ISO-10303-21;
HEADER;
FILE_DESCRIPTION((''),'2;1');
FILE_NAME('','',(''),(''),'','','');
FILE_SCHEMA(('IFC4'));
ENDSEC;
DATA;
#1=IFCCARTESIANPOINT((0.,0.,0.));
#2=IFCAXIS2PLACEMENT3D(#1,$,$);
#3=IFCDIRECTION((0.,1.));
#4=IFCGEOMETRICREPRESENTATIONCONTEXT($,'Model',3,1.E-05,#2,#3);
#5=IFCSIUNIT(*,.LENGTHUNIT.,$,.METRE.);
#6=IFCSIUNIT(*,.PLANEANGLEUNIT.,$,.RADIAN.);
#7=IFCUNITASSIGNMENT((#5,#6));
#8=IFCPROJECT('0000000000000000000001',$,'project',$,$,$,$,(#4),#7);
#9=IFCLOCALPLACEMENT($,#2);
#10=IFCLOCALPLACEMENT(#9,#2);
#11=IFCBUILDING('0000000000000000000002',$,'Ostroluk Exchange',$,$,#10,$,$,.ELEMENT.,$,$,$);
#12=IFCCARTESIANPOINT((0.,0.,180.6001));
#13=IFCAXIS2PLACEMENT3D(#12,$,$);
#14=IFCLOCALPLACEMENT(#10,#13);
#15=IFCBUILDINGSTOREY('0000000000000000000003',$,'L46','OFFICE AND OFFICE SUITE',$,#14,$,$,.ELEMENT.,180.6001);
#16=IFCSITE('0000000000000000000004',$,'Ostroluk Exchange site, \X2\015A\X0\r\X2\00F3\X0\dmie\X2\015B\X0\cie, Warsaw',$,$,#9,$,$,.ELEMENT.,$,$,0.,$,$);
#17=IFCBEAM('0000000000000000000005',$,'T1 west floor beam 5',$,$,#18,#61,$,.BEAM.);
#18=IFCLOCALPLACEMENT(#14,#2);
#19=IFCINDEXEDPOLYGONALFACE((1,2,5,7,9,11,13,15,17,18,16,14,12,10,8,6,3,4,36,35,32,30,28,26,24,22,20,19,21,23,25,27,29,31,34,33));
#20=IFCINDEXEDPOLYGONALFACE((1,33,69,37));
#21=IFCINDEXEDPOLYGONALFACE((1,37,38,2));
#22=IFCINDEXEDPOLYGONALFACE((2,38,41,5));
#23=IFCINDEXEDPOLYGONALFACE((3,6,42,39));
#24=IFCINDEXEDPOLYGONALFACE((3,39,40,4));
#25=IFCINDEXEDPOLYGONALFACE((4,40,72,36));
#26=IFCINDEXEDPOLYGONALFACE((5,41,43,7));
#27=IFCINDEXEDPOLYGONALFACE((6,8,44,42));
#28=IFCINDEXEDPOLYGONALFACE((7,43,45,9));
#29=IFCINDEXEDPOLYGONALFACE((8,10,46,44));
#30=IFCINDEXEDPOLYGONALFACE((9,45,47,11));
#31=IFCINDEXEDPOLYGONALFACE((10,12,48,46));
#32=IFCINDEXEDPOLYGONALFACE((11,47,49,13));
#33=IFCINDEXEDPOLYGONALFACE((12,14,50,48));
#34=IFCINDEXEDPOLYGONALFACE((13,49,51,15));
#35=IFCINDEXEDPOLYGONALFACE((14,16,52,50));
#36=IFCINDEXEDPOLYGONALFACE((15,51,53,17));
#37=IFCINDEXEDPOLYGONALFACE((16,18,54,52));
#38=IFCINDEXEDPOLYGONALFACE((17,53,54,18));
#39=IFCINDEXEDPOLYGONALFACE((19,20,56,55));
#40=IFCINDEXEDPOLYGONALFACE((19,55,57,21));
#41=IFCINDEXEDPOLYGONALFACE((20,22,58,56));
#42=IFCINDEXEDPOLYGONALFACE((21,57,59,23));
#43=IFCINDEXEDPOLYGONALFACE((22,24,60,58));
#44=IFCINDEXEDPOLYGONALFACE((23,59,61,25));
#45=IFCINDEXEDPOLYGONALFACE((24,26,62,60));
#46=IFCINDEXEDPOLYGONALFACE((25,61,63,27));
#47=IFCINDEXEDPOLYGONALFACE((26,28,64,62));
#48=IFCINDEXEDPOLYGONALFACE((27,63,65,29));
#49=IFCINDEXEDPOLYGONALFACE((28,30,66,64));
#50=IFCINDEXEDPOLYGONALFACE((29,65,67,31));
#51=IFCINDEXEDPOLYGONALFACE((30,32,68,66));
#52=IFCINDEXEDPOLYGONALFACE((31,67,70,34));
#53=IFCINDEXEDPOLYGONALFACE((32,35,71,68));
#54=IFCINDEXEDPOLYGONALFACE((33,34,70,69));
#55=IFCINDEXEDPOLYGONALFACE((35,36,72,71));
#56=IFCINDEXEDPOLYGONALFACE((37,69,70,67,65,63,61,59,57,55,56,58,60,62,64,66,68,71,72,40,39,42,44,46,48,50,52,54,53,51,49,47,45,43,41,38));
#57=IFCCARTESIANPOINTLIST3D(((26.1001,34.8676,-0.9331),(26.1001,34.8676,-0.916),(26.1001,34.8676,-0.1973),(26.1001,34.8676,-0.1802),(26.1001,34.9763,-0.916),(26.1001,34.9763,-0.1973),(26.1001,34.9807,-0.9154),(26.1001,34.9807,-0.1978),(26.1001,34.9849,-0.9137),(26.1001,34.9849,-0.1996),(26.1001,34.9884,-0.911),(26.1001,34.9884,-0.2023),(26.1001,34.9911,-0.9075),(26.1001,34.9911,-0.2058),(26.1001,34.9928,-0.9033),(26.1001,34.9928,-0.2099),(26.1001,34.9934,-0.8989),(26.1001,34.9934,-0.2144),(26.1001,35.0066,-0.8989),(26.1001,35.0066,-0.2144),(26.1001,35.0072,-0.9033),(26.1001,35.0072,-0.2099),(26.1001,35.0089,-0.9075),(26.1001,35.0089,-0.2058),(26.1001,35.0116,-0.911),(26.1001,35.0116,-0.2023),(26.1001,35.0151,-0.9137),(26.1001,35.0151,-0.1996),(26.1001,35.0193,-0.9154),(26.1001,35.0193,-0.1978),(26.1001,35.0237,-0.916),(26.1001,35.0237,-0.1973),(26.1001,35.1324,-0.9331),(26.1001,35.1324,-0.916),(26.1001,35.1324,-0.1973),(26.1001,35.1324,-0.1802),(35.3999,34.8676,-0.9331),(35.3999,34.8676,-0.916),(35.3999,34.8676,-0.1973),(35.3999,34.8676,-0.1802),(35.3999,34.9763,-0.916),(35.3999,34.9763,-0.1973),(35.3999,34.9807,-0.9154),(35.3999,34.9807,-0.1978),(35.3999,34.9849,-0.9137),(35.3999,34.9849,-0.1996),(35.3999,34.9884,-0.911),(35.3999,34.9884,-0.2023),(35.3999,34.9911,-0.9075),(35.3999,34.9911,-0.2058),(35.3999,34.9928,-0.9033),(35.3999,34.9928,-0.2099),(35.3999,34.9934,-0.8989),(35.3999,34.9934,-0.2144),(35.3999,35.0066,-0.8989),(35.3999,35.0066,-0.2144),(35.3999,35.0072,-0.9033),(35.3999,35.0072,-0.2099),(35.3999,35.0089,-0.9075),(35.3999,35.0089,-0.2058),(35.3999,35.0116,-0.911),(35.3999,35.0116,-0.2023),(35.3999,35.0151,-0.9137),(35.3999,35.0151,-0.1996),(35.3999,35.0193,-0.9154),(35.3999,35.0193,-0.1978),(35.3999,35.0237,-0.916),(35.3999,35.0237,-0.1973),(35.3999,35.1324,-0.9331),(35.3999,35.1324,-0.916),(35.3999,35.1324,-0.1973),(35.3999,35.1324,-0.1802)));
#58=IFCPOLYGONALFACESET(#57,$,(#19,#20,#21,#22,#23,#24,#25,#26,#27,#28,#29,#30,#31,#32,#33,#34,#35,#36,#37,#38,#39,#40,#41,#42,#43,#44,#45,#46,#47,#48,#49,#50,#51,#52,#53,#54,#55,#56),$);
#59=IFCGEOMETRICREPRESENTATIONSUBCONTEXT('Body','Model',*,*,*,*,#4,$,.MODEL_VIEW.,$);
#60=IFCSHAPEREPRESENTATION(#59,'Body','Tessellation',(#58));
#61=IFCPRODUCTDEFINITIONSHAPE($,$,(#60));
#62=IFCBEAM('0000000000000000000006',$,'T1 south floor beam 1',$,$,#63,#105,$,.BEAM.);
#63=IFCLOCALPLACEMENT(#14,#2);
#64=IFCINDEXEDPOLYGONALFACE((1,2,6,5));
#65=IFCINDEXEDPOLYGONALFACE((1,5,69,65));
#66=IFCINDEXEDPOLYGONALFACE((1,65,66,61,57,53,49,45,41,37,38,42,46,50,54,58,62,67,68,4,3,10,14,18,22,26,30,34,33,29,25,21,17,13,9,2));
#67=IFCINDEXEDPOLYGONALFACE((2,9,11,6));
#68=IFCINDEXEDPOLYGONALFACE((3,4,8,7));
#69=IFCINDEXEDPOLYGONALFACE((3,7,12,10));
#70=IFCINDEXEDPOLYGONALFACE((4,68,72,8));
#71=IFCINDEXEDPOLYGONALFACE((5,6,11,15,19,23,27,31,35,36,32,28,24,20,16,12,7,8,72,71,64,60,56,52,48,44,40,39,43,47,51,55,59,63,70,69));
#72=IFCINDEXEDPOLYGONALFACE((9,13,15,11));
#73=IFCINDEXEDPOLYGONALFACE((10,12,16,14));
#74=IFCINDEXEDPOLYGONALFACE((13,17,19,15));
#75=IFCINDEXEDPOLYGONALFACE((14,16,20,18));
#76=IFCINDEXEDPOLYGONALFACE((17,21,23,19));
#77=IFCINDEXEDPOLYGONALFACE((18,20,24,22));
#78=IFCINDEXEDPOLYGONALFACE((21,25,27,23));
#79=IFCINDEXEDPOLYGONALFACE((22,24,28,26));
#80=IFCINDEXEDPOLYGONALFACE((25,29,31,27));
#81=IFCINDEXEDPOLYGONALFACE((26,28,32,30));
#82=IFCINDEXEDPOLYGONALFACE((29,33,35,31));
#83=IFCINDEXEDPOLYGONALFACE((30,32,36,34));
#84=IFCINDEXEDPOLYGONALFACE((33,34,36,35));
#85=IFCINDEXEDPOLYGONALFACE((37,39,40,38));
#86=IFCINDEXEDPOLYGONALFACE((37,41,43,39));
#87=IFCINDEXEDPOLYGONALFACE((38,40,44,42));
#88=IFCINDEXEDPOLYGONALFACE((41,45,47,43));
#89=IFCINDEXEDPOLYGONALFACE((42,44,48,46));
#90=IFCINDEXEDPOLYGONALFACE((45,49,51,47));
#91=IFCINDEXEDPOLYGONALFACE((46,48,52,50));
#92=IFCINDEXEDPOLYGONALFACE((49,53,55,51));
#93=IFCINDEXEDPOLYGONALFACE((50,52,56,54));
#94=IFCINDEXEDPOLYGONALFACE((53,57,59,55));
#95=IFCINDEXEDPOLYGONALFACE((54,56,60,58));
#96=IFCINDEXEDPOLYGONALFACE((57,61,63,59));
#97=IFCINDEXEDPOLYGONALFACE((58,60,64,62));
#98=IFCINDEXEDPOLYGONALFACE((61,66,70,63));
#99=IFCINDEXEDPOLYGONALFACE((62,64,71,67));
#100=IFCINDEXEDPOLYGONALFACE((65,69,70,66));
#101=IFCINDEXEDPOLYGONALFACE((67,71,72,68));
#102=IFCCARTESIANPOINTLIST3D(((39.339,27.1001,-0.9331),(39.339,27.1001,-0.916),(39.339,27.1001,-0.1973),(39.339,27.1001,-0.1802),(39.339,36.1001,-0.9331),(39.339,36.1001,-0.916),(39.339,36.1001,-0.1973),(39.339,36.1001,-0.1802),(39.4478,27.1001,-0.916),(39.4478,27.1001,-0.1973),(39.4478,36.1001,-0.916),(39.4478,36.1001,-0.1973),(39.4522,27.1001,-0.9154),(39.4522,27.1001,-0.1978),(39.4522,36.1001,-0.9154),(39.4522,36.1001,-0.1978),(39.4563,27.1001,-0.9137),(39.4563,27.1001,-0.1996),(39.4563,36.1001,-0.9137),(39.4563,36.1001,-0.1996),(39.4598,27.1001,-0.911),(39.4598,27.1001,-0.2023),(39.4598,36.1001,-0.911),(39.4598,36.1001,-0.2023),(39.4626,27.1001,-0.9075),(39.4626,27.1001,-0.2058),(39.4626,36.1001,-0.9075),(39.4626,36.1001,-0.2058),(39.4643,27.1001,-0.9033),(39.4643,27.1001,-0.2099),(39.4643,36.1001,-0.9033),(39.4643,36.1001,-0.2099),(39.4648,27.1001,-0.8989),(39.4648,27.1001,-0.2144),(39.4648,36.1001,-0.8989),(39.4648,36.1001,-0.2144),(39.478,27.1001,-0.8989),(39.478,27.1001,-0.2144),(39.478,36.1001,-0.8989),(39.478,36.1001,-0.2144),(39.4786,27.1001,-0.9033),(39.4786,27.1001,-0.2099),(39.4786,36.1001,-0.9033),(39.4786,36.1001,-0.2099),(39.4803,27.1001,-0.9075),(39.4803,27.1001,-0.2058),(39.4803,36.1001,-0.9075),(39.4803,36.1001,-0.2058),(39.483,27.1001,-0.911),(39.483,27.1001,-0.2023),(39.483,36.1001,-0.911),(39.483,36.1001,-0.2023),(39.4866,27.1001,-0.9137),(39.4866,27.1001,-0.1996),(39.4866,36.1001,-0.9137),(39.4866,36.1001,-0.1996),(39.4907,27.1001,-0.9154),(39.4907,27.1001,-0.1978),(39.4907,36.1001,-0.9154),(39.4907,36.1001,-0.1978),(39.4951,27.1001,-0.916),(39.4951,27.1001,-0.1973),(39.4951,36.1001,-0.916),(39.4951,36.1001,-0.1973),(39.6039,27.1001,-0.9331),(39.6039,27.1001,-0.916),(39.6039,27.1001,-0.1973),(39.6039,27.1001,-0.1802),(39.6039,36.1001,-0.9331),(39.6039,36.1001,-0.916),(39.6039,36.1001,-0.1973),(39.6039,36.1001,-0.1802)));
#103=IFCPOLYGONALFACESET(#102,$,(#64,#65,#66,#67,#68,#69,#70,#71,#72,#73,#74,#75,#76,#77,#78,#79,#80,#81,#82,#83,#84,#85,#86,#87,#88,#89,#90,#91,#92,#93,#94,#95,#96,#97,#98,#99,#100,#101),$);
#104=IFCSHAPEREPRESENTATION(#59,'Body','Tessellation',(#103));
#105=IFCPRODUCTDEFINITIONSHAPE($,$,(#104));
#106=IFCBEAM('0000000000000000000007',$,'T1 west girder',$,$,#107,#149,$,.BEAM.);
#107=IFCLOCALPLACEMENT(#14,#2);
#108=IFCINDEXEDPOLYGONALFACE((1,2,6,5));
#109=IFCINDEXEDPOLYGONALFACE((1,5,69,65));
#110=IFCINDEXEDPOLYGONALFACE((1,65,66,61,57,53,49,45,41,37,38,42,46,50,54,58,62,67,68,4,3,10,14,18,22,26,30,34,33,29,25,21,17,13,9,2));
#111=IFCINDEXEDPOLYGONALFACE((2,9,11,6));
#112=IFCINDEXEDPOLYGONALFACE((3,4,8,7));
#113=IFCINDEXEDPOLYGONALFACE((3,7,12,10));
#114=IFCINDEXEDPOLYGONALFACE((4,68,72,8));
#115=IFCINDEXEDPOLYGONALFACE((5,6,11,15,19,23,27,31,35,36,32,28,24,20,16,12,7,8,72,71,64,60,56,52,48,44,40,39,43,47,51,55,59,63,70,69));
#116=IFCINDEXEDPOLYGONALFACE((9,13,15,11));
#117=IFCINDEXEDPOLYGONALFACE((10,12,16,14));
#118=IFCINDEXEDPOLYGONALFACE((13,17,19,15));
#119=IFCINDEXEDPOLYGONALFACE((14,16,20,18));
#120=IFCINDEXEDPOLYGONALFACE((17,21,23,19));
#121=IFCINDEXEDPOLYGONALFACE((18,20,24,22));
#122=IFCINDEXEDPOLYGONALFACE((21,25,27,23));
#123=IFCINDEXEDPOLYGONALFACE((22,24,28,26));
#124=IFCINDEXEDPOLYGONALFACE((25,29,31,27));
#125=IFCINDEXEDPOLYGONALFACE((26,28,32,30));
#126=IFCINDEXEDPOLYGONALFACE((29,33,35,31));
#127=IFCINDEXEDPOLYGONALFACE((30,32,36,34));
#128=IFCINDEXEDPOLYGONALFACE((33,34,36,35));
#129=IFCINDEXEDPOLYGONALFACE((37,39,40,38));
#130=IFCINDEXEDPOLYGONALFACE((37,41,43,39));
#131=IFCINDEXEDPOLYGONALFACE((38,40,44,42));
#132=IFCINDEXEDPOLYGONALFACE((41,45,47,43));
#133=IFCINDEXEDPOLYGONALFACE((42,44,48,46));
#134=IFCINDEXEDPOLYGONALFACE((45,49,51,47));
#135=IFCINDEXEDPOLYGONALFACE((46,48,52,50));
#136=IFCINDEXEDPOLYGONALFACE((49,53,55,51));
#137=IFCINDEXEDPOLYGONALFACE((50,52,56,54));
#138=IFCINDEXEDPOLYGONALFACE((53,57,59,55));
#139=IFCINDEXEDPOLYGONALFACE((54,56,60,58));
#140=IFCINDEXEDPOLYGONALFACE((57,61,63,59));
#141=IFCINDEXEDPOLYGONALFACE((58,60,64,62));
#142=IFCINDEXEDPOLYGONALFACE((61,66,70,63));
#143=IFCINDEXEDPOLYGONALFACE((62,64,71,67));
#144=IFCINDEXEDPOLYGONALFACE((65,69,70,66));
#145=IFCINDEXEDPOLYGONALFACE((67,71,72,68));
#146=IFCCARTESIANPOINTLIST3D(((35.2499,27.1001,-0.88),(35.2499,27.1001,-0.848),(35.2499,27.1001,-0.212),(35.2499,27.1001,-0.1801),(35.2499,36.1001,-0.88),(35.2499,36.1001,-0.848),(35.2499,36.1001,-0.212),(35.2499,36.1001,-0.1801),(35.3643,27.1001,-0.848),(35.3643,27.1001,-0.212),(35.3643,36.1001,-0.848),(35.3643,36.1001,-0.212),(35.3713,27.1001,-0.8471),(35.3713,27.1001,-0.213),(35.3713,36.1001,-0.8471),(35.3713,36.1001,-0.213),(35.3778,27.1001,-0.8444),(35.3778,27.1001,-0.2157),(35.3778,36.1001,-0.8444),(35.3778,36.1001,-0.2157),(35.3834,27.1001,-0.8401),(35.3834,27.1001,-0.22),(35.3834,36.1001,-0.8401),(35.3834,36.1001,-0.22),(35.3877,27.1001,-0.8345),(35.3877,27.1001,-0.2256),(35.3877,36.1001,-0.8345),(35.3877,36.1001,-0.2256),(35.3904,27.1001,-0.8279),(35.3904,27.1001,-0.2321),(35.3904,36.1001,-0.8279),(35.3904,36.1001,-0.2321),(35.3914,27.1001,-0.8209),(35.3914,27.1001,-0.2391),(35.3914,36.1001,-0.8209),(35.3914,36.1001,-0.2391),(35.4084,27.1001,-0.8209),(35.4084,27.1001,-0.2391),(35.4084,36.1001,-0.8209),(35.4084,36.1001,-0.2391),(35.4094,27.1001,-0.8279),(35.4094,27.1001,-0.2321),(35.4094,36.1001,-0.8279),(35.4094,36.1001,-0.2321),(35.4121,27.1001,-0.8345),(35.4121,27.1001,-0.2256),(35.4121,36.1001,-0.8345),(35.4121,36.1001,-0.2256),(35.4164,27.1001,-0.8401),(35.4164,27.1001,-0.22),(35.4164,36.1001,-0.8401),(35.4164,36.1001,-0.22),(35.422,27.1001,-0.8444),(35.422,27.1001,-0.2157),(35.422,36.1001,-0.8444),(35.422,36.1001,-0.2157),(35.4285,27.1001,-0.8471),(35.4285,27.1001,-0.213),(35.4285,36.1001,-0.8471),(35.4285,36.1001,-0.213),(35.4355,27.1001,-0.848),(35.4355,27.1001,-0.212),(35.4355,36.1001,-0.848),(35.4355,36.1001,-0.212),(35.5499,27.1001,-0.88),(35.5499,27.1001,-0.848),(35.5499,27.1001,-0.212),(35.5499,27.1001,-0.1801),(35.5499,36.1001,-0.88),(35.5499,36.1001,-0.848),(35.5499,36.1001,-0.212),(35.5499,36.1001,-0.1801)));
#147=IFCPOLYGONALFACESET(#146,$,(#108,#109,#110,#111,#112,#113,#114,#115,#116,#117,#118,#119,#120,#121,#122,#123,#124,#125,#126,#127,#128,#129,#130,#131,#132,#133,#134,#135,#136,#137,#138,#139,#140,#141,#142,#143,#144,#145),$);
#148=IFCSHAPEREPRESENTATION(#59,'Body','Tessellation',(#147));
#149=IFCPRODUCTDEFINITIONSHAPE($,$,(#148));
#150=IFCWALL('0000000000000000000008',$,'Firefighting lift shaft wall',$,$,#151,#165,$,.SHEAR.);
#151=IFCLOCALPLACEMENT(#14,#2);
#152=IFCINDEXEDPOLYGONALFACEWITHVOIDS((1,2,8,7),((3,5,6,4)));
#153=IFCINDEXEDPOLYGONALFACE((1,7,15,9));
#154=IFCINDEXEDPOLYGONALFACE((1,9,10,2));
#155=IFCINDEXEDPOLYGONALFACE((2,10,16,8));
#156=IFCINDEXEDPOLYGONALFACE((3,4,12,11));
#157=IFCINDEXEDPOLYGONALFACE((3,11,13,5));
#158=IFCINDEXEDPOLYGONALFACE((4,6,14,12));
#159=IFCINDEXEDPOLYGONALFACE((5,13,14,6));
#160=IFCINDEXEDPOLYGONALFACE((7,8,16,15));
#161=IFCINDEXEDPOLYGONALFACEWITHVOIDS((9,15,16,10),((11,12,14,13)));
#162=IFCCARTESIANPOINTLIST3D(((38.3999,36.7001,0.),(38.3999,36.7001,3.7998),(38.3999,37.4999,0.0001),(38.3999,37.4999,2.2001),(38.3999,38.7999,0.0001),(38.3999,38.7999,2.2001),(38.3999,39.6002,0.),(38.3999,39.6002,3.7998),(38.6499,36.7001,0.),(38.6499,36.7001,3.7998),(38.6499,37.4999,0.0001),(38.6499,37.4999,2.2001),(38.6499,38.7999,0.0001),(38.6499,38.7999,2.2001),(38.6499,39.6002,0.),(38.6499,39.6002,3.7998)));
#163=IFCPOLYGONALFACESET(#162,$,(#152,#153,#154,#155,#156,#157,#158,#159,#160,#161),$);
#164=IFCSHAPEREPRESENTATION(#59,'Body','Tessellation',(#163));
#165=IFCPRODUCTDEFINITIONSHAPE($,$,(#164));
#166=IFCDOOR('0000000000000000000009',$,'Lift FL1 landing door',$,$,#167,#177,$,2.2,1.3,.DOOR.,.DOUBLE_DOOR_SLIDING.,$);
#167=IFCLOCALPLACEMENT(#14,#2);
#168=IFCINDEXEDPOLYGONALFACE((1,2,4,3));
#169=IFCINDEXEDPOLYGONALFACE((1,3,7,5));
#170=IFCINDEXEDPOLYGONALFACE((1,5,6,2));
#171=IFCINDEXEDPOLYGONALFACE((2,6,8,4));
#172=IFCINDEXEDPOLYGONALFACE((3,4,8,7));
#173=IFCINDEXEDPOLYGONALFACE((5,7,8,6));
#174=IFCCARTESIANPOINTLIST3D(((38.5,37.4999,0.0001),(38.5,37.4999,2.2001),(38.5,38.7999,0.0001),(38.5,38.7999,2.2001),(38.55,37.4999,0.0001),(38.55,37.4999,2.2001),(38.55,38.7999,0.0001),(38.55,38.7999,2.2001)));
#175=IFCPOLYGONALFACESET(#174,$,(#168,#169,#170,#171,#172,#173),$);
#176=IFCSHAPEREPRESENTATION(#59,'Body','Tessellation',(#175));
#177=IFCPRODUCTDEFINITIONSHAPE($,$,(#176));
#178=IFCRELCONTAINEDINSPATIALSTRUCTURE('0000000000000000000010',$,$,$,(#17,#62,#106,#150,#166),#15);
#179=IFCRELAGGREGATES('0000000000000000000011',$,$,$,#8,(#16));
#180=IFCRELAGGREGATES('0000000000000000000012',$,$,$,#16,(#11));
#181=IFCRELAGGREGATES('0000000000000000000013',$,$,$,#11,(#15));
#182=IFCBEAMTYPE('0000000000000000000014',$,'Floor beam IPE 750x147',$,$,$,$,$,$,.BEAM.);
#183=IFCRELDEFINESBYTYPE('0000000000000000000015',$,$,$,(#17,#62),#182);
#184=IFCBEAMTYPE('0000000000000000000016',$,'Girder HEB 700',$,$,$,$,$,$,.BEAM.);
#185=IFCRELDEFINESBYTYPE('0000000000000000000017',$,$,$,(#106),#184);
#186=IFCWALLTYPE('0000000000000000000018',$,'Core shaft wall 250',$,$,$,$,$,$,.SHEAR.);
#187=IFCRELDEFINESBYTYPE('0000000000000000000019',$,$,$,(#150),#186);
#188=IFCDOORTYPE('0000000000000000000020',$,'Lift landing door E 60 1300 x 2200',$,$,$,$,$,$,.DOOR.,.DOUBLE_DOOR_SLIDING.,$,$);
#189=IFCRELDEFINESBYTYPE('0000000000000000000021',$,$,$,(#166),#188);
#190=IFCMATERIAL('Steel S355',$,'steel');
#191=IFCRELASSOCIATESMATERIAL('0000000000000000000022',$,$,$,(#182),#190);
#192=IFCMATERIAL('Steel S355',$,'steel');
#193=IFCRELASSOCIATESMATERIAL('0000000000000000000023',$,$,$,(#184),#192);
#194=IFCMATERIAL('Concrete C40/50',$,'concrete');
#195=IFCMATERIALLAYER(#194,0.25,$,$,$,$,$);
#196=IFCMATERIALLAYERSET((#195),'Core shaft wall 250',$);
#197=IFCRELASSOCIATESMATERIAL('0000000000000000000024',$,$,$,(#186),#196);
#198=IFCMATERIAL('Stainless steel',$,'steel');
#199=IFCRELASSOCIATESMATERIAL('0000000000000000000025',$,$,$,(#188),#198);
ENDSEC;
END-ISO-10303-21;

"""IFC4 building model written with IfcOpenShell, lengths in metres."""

from ifc_helpers import new_model, si_unit, direction, frame, frame_2d, origin, origin_2d, place, context, subcontext, project, spatial, rectangle, i_section, extrude, material, layer, layer_set, material_profile, profile_set, type_object, element, fill, save


model = new_model("IFC4")

# Units and contexts
model_context = context("Model", 3, precision=1e-05, world=origin(), true_north=direction((0.0, 1.0)))
body_context = subcontext(model_context, "Body", "Model", "MODEL_VIEW")
ifc_project = project(units=[si_unit("LENGTHUNIT", "METRE"), si_unit("PLANEANGLEUNIT", "RADIAN")], contexts=[model_context])

# Site, building, storey
site_placement = place(None, origin())
site = spatial("IfcSite", under=ifc_project, at=site_placement, Name="Ostroluk Exchange site, Śródmieście, Warsaw", CompositionType="ELEMENT", RefElevation=0.0)
building_placement = place(site_placement, origin())
building = spatial("IfcBuilding", under=site, at=building_placement, Name="Ostroluk Exchange", CompositionType="ELEMENT")
storey_placement = place(building_placement, frame((0.0, 0.0, 180.6001)))
storey = spatial("IfcBuildingStorey", under=building, at=storey_placement, Name="L46", Description="OFFICE AND OFFICE SUITE", CompositionType="ELEMENT", Elevation=180.6001)

# Beams
ifc_material_1 = material(Name="Steel S355", Category="steel")
ifc_material_profile_1 = material_profile(ifc_material_1, i_section(OverallWidth=0.2649, OverallDepth=0.7529, WebThickness=0.0132, FlangeThickness=0.0171, FilletRadius=0.0171, at=origin_2d()), Name="IPE 750x147")
ifc_profile_set_1 = profile_set([ifc_material_profile_1], Name="Steel S355")
beam_type_1 = type_object("IfcBeamType", Name="Floor beam IPE 750x147", PredefinedType="BEAM", material=ifc_profile_set_1)
beam_1_placement = place(storey_placement, frame((35.3999, 35.0, -0.5566), z_axis=(-1.0, 0.0, 0.0), x_axis=(0.0, -1.0, 0.0)))
element("IfcBeam", 1, at=beam_1_placement, inside=storey, type_object=beam_type_1, Name="T1 west floor beam 5", PredefinedType="BEAM", context=body_context, shape_type="SweptSolid", body=[
    extrude(i_section(OverallWidth=0.2649, OverallDepth=0.7529, WebThickness=0.0132, FlangeThickness=0.0171, FilletRadius=0.0171, at=origin_2d()), origin(), (0.0, 0.0, 1.0), 9.2998),
])
beam_2_placement = place(storey_placement, frame((39.4714, 36.1001, -0.5566), z_axis=(0.0, -1.0, 0.0), x_axis=(1.0, 0.0, 0.0)))
element("IfcBeam", 2, at=beam_2_placement, inside=storey, type_object=beam_type_1, Name="T1 south floor beam 1", PredefinedType="BEAM", context=body_context, shape_type="SweptSolid", body=[
    extrude(i_section(OverallWidth=0.2649, OverallDepth=0.7529, WebThickness=0.0132, FlangeThickness=0.0171, FilletRadius=0.0171, at=origin_2d()), origin(), (0.0, 0.0, 1.0), 9.0),
])
ifc_material_2 = material(Name="Steel S355", Category="steel")
ifc_material_profile_2 = material_profile(ifc_material_2, i_section(OverallWidth=0.3, OverallDepth=0.7, WebThickness=0.0171, FlangeThickness=0.032, FilletRadius=0.0271, at=origin_2d()), Name="HEB 700")
ifc_profile_set_2 = profile_set([ifc_material_profile_2], Name="Steel S355")
beam_type_2 = type_object("IfcBeamType", Name="Girder HEB 700", PredefinedType="BEAM", material=ifc_profile_set_2)
beam_3_placement = place(storey_placement, frame((35.3999, 36.1001, -0.53), z_axis=(0.0, -1.0, 0.0), x_axis=(1.0, 0.0, 0.0)))
element("IfcBeam", 3, at=beam_3_placement, inside=storey, type_object=beam_type_2, Name="T1 west girder", PredefinedType="BEAM", context=body_context, shape_type="SweptSolid", body=[
    extrude(i_section(OverallWidth=0.3, OverallDepth=0.7, WebThickness=0.0171, FlangeThickness=0.032, FilletRadius=0.0271, at=origin_2d()), origin(), (0.0, 0.0, 1.0), 9.0),
])

# Wall, opening, door
ifc_material_3 = material(Name="Concrete C40/50", Category="concrete")
ifc_layer_1 = layer(ifc_material_3, 0.25)
ifc_layer_set_1 = layer_set([ifc_layer_1], Name="Core shaft wall 250")
wall_type_1 = type_object("IfcWallType", Name="Core shaft wall 250", PredefinedType="SHEAR", material=ifc_layer_set_1)
wall_1_placement = place(storey_placement, frame((38.5249, 36.7, 0.0), z_axis=(0.0, 0.0, 1.0), x_axis=(0.0, 1.0, 0.0)))
wall_1 = element("IfcWall", 4, at=wall_1_placement, inside=storey, type_object=wall_type_1, Name="Firefighting lift shaft wall", PredefinedType="SHEAR", context=body_context, shape_type="SweptSolid", body=[
    extrude(rectangle(XDim=2.9001, YDim=0.25, at=frame_2d((1.4502, 0.0))), origin(), (0.0, 0.0, 1.0), 3.7998),
])
opening_1_placement = place(wall_1_placement, frame((0.8, 0.0, 0.0)))
opening_1 = element("IfcOpeningElement", 5, at=opening_1_placement, cuts=wall_1, PredefinedType="OPENING", context=body_context, shape_type="SweptSolid", body=[
    extrude(rectangle(XDim=1.3, YDim=2.2, at=frame_2d((0.6499, 1.1001))), frame((0.0, 0.135, 0.0), z_axis=(0.0, -1.0, 0.0), x_axis=(1.0, 0.0, 0.0)), (0.0, 0.0, 1.0), 0.27),
])
ifc_material_4 = material(Name="Stainless steel", Category="steel")
door_type_1 = type_object("IfcDoorType", Name="Lift landing door E 60 1300 x 2200", OperationType="DOUBLE_DOOR_SLIDING", PredefinedType="DOOR", material=ifc_material_4)
door_1_placement = place(opening_1_placement, origin())
door_1 = element("IfcDoor", 6, at=door_1_placement, inside=storey, type_object=door_type_1, Name="Lift FL1 landing door", OperationType="DOUBLE_DOOR_SLIDING", OverallHeight=2.2, OverallWidth=1.3, PredefinedType="DOOR", context=body_context, shape_type="SweptSolid", body=[
    extrude(rectangle(XDim=1.3, YDim=2.2, at=frame_2d((0.6499, 1.1001))), frame((0.0, 0.0249, 0.0), z_axis=(0.0, -1.0, 0.0), x_axis=(1.0, 0.0, 0.0)), (0.0, 0.0, 1.0), 0.05),
])
fill(opening_1, door_1)

save(model, "model.ifc")
